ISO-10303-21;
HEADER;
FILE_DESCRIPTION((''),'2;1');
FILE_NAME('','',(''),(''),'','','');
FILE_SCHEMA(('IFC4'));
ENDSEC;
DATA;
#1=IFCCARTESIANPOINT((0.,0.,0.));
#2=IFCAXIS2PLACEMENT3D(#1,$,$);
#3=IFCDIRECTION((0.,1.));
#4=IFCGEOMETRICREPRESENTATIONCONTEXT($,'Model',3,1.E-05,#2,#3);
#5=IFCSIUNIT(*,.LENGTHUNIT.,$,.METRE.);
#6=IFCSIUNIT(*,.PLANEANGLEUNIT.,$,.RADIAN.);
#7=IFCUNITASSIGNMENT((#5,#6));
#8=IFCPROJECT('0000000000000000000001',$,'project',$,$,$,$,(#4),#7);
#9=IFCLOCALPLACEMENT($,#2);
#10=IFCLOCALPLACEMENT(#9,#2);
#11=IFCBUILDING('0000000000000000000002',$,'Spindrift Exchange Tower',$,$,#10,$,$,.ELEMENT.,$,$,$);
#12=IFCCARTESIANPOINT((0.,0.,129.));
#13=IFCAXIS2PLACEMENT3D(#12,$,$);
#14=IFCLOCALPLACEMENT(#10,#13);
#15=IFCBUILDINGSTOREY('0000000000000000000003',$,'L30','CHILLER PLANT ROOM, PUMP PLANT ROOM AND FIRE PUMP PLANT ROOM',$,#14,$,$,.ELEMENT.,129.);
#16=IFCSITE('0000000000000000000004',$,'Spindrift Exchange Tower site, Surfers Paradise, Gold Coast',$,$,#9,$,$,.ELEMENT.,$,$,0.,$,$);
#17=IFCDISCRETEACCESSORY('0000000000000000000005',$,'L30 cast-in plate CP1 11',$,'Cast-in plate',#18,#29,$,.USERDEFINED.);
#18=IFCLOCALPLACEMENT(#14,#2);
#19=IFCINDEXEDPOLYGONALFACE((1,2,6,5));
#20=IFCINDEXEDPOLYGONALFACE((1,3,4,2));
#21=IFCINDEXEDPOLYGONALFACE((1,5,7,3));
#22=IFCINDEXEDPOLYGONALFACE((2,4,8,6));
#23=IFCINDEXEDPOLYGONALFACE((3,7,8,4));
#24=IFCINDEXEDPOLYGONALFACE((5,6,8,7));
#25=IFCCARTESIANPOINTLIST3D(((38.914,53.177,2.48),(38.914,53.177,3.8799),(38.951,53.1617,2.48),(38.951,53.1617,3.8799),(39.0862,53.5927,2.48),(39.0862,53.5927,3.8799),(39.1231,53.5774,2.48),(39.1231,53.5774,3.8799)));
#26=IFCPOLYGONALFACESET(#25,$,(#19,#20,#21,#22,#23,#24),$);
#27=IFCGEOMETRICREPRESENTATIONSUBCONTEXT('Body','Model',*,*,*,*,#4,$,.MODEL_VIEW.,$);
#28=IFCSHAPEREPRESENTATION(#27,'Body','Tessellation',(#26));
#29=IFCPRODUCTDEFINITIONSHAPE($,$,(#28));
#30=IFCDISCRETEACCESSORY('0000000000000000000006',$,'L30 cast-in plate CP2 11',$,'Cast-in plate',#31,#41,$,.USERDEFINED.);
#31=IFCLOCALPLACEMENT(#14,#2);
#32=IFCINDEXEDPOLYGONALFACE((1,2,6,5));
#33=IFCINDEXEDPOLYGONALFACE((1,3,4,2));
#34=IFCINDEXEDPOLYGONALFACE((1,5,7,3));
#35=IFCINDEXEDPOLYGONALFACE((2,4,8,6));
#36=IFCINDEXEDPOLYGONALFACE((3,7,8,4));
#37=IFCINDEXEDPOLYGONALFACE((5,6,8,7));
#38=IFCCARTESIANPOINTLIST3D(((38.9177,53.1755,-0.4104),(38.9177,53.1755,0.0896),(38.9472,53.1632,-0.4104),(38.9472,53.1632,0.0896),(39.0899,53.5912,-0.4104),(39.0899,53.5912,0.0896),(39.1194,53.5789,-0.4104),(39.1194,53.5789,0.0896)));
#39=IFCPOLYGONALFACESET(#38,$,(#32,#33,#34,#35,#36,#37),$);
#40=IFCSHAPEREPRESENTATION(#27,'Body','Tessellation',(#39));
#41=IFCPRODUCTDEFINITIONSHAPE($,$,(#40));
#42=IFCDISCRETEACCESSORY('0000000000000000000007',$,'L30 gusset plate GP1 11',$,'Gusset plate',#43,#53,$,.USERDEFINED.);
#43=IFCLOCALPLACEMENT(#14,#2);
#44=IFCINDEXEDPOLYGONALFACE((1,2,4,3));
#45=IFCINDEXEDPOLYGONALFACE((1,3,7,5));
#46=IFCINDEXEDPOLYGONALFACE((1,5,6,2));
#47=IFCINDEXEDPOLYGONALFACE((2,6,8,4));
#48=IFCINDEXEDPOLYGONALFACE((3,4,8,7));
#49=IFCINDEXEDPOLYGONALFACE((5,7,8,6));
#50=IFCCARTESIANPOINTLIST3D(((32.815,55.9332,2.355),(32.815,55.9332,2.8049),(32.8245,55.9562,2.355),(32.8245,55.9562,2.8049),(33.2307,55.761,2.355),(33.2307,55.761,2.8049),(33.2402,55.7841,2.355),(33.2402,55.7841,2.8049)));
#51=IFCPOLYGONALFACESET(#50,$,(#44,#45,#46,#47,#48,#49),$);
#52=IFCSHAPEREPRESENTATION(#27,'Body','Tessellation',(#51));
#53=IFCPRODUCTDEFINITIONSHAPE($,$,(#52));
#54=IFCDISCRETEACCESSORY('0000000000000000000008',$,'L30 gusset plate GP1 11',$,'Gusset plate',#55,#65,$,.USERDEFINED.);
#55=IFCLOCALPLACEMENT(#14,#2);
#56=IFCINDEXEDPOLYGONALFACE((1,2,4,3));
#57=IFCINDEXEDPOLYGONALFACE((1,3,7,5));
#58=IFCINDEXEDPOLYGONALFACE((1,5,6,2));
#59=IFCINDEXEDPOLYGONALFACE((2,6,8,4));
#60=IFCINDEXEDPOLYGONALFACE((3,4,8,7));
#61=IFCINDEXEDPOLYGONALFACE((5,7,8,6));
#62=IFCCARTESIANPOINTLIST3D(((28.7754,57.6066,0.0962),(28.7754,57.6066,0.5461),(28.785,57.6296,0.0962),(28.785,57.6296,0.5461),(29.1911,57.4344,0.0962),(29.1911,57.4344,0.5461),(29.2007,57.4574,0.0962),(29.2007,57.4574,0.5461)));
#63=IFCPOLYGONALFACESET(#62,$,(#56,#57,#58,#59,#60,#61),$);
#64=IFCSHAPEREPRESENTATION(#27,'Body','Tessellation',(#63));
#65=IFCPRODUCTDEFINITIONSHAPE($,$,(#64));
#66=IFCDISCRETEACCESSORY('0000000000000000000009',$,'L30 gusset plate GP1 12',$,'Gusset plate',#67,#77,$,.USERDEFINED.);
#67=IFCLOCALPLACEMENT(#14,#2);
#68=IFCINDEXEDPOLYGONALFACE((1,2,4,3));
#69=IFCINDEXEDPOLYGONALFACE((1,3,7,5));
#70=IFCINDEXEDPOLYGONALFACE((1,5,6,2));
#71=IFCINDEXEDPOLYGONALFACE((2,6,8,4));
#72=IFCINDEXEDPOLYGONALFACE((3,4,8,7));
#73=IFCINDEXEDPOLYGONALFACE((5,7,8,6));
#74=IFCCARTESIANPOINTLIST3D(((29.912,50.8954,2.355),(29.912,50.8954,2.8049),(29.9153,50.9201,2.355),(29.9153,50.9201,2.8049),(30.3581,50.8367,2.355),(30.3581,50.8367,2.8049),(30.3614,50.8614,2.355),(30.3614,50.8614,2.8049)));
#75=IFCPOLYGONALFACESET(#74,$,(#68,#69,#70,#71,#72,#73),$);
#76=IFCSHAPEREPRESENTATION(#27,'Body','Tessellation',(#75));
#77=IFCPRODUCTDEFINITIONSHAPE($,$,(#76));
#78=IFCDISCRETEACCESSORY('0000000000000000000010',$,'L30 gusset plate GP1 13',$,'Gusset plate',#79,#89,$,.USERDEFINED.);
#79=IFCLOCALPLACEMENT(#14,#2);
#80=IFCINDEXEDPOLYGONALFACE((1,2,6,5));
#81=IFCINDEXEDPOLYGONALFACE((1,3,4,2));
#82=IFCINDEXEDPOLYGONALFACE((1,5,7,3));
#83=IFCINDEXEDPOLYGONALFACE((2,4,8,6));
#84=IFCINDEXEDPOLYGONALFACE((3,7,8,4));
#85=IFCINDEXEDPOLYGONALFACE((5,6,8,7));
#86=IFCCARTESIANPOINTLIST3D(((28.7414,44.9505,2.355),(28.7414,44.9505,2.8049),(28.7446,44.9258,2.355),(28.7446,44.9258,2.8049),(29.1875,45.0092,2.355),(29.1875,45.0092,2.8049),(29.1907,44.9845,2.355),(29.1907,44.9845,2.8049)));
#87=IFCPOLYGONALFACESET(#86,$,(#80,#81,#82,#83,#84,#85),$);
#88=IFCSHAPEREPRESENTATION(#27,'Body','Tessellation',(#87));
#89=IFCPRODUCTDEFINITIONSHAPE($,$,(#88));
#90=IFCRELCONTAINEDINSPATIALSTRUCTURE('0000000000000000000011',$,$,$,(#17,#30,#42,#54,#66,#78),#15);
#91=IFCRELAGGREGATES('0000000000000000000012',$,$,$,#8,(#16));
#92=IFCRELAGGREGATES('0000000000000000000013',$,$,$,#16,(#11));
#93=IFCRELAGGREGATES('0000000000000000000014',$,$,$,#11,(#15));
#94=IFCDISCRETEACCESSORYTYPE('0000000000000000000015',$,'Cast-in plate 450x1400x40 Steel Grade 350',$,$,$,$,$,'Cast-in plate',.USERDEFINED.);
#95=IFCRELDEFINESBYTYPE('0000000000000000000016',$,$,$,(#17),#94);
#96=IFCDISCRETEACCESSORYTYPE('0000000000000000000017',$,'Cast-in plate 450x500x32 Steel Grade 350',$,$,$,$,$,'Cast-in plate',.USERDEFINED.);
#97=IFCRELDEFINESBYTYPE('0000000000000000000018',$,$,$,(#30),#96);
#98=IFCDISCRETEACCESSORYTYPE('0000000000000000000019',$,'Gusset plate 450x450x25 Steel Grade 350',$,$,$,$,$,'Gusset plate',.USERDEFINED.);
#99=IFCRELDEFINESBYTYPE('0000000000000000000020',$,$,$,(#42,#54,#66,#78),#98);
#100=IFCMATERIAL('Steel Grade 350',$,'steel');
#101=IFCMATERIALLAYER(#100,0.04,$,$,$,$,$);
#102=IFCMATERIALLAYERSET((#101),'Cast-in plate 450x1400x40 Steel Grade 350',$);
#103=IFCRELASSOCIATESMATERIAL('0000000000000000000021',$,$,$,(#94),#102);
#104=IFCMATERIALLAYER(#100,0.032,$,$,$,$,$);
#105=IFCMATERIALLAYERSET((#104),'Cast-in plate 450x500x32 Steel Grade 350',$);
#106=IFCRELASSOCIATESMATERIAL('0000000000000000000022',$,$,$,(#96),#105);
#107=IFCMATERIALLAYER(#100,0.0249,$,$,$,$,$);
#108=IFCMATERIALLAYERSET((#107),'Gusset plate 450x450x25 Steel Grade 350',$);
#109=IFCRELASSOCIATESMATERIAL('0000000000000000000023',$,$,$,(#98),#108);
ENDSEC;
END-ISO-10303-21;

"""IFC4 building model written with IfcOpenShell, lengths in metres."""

from ifc_helpers import new_model, si_unit, direction, frame, origin, origin_2d, place, context, subcontext, project, spatial, rectangle, extrude, source, transform, mapped, material, layer, layer_set, type_object, element, save


model = new_model("IFC4")

# Units and contexts
model_context = context("Model", 3, precision=1e-05, world=origin(), true_north=direction((0.0, 1.0)))
body_context = subcontext(model_context, "Body", "Model", "MODEL_VIEW")
ifc_project = project(units=[si_unit("LENGTHUNIT", "METRE"), si_unit("PLANEANGLEUNIT", "RADIAN")], contexts=[model_context])

# Site, building, storey
site_placement = place(None, origin())
site = spatial("IfcSite", under=ifc_project, at=site_placement, Name="Spindrift Exchange Tower site, Surfers Paradise, Gold Coast", CompositionType="ELEMENT", RefElevation=0.0)
building_placement = place(site_placement, origin())
building = spatial("IfcBuilding", under=site, at=building_placement, Name="Spindrift Exchange Tower", CompositionType="ELEMENT")
storey_placement = place(building_placement, frame((0.0, 0.0, 129.0)))
storey = spatial("IfcBuildingStorey", under=building, at=storey_placement, Name="L30", Description="CHILLER PLANT ROOM, PUMP PLANT ROOM AND FIRE PUMP PLANT ROOM", CompositionType="ELEMENT", Elevation=129.0)

# Discrete accessories
ifc_material_1 = material(Name="Steel Grade 350", Category="steel")
ifc_layer_1 = layer(ifc_material_1, 0.04)
ifc_layer_set_1 = layer_set([ifc_layer_1], Name="Cast-in plate 450x1400x40 Steel Grade 350")
discrete_accessory_type_1 = type_object("IfcDiscreteAccessoryType", Name="Cast-in plate 450x1400x40 Steel Grade 350", ElementType="Cast-in plate", PredefinedType="USERDEFINED", material=ifc_layer_set_1)
shared_shape_1 = source(origin(), body_context, "Body", "SweptSolid", [
    extrude(rectangle(XDim=0.04, YDim=0.45, at=origin_2d()), origin(), (0.0, 0.0, 1.0), 1.3999),
])
discrete_accessory_1_placement = place(storey_placement, frame((39.0186, 53.3772, 2.48), z_axis=(0.0, 0.0, 1.0), x_axis=(-0.92388, 0.382683, 0.0)))
element("IfcDiscreteAccessory", 1, at=discrete_accessory_1_placement, inside=storey, type_object=discrete_accessory_type_1, Name="L30 cast-in plate CP1 11", ObjectType="Cast-in plate", PredefinedType="USERDEFINED", context=body_context, shape_type="MappedRepresentation", body=[
    mapped(shared_shape_1, transform((0.0, 0.0, 0.0), scale=1.0)),
])
ifc_layer_2 = layer(ifc_material_1, 0.032)
ifc_layer_set_2 = layer_set([ifc_layer_2], Name="Cast-in plate 450x500x32 Steel Grade 350")
discrete_accessory_type_2 = type_object("IfcDiscreteAccessoryType", Name="Cast-in plate 450x500x32 Steel Grade 350", ElementType="Cast-in plate", PredefinedType="USERDEFINED", material=ifc_layer_set_2)
shared_shape_2 = source(origin(), body_context, "Body", "SweptSolid", [
    extrude(rectangle(XDim=0.032, YDim=0.45, at=origin_2d()), origin(), (0.0, 0.0, 1.0), 0.5),
])
discrete_accessory_2_placement = place(storey_placement, frame((39.0186, 53.3772, -0.4104), z_axis=(0.0, 0.0, 1.0), x_axis=(-0.92388, 0.382683, 0.0)))
element("IfcDiscreteAccessory", 2, at=discrete_accessory_2_placement, inside=storey, type_object=discrete_accessory_type_2, Name="L30 cast-in plate CP2 11", ObjectType="Cast-in plate", PredefinedType="USERDEFINED", context=body_context, shape_type="MappedRepresentation", body=[
    mapped(shared_shape_2, transform((0.0, 0.0, 0.0), scale=1.0)),
])
ifc_layer_3 = layer(ifc_material_1, 0.0249)
ifc_layer_set_3 = layer_set([ifc_layer_3], Name="Gusset plate 450x450x25 Steel Grade 350")
discrete_accessory_type_3 = type_object("IfcDiscreteAccessoryType", Name="Gusset plate 450x450x25 Steel Grade 350", ElementType="Gusset plate", PredefinedType="USERDEFINED", material=ifc_layer_set_3)
shared_shape_3 = source(origin(), body_context, "Body", "SweptSolid", [
    extrude(rectangle(XDim=0.45, YDim=0.0249, at=origin_2d()), origin(), (0.0, 0.0, 1.0), 0.45),
])
for number, where, z_axis, x_axis, name in (
    (3, (33.0276, 55.8586, 2.355), (0.0, 0.0, 1.0), (-0.923878, 0.382688, 0.0), "L30 gusset plate GP1 11"),
    (4, (28.988, 57.532, 0.0962), (0.0, 0.0, 1.0), (-0.923878, 0.382688, 0.0), "L30 gusset plate GP1 11"),
    (5, (30.1367, 50.8784, 2.355), (0.0, 0.0, 1.0), (-0.991444, 0.130533, 0.0), "L30 gusset plate GP1 12"),
    (6, (28.9661, 44.9675, 2.355), (0.0, 0.0, 1.0), (-0.991446, -0.130514, 0.0), "L30 gusset plate GP1 13"),
):
    element("IfcDiscreteAccessory", number, at=place(storey_placement, frame(where, z_axis=z_axis, x_axis=x_axis)), inside=storey, type_object=discrete_accessory_type_3, Name=name, ObjectType="Gusset plate", PredefinedType="USERDEFINED", context=body_context, shape_type="MappedRepresentation", body=[
        mapped(shared_shape_3, transform((0.0, 0.0, 0.0), scale=1.0)),
    ])

save(model, "model.ifc")
